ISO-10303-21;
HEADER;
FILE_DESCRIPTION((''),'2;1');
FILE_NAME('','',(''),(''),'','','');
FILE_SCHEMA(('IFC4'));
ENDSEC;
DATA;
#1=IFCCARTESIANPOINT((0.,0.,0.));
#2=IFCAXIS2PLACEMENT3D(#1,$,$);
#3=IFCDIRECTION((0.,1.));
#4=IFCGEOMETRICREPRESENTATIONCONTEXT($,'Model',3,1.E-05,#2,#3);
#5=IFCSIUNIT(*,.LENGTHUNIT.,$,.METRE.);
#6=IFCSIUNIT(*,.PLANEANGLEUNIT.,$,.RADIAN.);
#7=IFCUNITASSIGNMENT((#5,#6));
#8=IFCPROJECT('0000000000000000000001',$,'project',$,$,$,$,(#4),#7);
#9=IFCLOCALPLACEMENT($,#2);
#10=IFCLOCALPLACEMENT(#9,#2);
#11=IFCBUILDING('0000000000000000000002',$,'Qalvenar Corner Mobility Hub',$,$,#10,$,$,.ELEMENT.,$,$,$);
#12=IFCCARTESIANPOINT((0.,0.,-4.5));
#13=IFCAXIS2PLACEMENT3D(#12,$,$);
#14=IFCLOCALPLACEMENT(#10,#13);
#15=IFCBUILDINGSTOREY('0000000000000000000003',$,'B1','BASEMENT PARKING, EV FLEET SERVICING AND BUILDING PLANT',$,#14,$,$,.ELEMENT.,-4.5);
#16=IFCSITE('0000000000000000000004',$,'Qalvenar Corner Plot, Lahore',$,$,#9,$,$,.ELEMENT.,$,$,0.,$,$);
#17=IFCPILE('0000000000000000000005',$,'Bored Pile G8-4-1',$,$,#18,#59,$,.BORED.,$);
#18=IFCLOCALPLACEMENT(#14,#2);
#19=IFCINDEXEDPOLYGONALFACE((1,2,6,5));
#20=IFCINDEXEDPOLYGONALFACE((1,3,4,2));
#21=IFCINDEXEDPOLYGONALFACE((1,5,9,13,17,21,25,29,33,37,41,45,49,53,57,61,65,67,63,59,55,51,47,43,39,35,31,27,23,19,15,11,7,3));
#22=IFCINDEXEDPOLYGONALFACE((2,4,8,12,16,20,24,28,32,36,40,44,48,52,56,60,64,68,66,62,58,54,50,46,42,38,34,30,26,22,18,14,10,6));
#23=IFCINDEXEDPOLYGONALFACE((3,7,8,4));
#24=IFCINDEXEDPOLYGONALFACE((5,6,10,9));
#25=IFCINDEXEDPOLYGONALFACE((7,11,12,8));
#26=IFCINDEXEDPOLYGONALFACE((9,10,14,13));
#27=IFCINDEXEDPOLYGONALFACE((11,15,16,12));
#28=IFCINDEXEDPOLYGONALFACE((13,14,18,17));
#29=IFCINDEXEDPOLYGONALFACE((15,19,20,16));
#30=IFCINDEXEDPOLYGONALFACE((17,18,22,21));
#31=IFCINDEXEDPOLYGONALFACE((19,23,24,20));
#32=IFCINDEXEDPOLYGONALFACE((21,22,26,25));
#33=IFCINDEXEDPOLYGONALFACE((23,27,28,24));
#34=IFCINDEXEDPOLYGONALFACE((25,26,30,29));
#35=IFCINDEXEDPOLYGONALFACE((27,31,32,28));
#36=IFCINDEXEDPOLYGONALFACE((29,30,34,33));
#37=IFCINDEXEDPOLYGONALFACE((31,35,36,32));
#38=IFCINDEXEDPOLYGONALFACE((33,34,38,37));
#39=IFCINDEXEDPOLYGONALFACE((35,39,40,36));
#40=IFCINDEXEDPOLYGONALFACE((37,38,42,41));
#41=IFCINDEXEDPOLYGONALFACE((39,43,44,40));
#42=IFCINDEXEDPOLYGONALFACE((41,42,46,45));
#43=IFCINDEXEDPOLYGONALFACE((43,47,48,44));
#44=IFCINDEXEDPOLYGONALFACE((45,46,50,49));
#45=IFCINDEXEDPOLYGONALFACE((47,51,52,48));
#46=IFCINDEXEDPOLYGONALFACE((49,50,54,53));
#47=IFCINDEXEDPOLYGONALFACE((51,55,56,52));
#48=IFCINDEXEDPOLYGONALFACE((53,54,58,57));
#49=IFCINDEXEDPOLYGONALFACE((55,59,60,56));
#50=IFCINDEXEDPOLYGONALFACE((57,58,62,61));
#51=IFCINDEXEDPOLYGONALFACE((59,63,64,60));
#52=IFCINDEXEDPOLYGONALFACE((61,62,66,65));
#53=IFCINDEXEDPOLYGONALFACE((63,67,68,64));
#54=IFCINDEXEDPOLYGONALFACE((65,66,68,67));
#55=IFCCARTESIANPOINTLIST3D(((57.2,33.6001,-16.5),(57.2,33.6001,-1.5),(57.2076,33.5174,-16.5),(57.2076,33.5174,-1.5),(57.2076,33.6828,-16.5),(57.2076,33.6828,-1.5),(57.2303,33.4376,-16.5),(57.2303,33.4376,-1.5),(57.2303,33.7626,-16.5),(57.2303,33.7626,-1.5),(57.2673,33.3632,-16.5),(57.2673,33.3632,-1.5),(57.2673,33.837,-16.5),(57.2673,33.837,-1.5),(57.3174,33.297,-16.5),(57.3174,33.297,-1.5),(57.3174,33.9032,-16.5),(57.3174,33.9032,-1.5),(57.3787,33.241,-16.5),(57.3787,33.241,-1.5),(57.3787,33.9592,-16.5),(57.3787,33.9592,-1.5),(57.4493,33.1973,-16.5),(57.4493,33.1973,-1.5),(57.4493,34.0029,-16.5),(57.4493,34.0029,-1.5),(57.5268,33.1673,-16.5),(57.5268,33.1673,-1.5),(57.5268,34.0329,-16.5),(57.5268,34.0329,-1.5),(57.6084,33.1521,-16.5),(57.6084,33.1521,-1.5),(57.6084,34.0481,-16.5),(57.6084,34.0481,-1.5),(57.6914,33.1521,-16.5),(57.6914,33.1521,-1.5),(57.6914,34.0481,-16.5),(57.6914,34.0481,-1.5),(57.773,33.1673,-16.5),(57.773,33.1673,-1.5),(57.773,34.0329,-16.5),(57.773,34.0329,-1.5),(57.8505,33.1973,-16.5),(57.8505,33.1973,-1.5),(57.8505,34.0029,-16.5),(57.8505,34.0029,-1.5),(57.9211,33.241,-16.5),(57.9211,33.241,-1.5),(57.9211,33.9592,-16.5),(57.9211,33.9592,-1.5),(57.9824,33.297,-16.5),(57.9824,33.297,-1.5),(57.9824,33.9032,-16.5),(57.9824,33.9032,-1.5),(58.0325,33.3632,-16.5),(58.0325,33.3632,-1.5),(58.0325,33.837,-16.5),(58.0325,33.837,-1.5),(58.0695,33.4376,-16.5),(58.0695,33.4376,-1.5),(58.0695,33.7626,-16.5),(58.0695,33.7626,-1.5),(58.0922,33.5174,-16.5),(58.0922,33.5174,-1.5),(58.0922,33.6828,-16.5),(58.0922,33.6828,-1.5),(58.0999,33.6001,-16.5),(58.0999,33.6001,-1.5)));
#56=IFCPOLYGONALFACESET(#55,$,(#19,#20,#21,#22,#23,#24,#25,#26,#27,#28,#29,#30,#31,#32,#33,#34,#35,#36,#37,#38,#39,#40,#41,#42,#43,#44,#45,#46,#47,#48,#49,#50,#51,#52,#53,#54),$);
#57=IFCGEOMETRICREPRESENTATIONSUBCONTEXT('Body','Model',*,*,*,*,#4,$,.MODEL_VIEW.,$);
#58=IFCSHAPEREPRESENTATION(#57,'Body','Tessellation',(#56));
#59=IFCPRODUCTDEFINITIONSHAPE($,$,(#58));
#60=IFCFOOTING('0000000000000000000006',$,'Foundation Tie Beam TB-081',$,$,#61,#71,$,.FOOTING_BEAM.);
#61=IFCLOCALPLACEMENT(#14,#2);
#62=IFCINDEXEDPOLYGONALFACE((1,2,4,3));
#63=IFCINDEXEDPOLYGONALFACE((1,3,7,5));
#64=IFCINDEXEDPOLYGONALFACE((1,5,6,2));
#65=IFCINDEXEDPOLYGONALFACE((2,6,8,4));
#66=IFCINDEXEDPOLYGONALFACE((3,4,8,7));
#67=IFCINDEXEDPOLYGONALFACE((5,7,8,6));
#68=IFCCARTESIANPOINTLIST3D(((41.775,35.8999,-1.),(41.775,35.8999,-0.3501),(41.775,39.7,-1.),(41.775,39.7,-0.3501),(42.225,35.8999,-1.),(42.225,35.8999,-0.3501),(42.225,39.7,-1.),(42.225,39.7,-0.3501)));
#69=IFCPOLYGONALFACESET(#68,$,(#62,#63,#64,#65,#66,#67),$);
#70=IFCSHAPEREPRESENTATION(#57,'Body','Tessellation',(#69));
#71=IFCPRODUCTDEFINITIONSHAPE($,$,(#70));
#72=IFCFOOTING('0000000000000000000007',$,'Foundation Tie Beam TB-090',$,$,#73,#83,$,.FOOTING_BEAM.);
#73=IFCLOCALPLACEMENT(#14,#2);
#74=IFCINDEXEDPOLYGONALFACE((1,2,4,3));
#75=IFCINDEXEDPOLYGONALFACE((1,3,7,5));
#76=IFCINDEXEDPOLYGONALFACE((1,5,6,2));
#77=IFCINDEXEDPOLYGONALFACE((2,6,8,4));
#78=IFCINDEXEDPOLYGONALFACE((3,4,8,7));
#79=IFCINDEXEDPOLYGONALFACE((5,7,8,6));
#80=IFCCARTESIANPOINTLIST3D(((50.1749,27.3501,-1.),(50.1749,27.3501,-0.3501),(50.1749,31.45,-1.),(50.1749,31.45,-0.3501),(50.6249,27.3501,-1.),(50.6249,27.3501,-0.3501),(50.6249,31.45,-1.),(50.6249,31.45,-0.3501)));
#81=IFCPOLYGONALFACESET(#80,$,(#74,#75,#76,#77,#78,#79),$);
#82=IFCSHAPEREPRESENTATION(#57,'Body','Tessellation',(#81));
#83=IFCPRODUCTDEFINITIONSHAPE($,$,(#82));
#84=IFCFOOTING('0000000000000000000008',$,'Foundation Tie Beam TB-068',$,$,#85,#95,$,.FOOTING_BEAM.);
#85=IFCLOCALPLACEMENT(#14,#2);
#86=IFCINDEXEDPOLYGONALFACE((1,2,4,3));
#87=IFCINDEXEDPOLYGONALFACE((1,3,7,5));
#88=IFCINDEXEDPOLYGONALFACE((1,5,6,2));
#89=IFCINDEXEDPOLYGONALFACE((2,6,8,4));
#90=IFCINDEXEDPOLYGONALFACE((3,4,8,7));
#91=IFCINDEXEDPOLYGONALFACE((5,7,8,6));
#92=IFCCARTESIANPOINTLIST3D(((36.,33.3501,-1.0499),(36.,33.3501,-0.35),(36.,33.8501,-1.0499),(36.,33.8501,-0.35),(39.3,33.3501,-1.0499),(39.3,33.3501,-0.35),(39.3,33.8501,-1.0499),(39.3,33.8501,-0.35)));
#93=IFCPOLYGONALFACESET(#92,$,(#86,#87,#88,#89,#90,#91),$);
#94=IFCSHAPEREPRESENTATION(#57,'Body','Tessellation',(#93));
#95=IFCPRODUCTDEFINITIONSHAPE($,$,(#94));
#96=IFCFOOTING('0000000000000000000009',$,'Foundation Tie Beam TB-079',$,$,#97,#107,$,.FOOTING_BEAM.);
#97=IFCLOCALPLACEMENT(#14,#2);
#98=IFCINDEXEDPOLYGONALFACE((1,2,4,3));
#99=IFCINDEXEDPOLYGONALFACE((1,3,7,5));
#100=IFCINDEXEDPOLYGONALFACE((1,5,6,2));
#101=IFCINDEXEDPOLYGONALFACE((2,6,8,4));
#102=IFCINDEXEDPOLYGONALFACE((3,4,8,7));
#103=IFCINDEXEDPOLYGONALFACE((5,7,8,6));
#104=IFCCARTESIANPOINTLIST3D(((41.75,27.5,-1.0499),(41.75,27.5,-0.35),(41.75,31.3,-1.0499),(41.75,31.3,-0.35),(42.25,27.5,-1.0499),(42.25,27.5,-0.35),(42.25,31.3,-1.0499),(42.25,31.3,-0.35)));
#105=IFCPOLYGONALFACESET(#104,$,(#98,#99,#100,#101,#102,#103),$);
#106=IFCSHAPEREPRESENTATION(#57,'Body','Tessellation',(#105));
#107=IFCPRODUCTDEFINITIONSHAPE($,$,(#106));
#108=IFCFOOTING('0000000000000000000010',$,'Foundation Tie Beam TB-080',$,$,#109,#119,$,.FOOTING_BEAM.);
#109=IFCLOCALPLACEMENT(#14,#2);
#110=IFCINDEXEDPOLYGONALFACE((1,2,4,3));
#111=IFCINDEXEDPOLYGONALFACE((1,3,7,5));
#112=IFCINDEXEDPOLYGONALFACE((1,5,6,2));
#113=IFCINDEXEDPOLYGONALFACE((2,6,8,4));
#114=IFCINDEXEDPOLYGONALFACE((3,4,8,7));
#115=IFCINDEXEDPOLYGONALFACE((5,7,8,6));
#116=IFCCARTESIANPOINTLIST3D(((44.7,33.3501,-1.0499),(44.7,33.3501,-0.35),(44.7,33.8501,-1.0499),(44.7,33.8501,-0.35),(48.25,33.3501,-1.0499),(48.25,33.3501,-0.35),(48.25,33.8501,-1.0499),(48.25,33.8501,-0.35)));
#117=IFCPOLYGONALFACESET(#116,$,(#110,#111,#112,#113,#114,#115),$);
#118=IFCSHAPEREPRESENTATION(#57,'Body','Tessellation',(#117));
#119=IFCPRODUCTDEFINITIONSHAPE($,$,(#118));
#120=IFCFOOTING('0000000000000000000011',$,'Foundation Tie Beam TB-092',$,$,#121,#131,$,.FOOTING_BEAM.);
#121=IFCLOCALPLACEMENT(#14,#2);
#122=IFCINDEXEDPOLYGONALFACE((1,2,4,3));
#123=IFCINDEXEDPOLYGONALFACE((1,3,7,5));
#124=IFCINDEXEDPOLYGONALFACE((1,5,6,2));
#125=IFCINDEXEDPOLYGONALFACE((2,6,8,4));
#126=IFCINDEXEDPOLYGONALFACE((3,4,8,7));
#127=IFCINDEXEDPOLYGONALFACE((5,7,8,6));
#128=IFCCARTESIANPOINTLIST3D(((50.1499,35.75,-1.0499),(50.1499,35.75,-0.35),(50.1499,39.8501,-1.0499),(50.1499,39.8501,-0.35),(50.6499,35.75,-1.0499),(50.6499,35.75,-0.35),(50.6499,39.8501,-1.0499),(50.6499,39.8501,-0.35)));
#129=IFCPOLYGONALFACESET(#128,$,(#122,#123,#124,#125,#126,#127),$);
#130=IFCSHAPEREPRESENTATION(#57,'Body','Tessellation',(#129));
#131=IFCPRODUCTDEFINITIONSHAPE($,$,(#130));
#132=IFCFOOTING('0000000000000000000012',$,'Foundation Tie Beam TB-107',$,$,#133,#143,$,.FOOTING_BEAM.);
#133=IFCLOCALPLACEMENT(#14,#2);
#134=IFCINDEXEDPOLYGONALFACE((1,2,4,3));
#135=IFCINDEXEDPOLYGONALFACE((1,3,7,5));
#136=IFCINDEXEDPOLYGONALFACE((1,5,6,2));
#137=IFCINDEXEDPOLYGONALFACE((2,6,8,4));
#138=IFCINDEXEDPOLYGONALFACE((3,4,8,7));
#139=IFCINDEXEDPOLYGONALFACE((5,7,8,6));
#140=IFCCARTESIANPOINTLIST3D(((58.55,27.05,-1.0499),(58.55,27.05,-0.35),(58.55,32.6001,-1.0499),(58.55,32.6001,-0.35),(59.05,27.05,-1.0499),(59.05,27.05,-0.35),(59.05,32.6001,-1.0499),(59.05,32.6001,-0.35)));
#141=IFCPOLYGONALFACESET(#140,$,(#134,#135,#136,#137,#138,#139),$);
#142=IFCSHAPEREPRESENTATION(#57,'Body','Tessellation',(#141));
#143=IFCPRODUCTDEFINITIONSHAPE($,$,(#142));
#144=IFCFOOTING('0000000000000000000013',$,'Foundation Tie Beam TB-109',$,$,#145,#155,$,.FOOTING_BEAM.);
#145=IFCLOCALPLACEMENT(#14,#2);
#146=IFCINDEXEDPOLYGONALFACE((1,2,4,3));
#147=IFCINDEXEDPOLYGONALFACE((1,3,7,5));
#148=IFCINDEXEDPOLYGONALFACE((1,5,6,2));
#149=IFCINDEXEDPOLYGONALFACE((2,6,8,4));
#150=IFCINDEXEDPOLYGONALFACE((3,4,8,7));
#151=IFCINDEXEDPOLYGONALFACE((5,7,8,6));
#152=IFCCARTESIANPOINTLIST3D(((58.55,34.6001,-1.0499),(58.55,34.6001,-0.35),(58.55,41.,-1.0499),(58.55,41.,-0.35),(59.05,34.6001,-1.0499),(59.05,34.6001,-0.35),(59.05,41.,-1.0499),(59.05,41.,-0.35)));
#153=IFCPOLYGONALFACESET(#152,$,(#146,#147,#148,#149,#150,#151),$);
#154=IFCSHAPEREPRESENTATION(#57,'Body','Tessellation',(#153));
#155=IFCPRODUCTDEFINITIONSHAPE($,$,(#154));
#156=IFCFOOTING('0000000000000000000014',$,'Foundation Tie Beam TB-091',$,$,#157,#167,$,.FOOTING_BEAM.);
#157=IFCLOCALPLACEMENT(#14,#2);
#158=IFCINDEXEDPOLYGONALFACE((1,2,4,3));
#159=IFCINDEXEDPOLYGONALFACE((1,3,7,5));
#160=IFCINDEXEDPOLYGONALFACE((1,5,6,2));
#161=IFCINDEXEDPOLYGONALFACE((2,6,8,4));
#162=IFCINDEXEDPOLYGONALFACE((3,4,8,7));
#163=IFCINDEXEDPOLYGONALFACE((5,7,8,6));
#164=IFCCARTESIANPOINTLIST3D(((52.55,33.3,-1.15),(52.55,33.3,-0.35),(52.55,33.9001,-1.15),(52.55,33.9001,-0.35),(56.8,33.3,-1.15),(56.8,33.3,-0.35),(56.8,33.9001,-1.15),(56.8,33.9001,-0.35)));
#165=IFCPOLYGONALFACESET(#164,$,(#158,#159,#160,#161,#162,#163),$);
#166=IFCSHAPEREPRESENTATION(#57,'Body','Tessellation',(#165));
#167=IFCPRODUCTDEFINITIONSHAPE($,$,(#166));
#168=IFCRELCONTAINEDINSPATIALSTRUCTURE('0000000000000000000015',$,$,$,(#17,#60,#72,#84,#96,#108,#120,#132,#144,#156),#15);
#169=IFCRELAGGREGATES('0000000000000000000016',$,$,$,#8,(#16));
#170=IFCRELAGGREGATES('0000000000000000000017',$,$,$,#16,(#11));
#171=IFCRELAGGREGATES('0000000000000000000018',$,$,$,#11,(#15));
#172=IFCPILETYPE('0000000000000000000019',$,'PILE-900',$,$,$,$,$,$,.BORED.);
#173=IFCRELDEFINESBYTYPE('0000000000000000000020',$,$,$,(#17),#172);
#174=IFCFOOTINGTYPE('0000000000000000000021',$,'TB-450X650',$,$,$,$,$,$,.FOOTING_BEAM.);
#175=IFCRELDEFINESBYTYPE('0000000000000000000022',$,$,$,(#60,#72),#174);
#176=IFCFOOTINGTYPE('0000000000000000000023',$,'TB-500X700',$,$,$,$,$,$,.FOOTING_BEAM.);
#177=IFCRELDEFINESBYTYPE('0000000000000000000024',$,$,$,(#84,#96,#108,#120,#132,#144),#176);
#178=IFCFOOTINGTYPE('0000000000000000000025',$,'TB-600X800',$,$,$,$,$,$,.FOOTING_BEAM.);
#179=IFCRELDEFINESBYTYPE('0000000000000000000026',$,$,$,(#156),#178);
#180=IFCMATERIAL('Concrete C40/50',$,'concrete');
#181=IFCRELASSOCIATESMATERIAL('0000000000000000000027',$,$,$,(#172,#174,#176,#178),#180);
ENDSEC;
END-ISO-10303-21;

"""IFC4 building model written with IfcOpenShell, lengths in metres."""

from ifc_helpers import new_model, si_unit, direction, frame, origin, origin_2d, place, context, subcontext, project, spatial, rectangle, circle, extrude, material, material_profile, profile_set, type_object, element, save


model = new_model("IFC4")

# Units and contexts
model_context = context("Model", 3, precision=1e-05, world=origin(), true_north=direction((0.0, 1.0)))
body_context = subcontext(model_context, "Body", "Model", "MODEL_VIEW")
ifc_project = project(units=[si_unit("LENGTHUNIT", "METRE"), si_unit("PLANEANGLEUNIT", "RADIAN")], contexts=[model_context])

# Site, building, storey
site_placement = place(None, origin())
site = spatial("IfcSite", under=ifc_project, at=site_placement, Name="Qalvenar Corner Plot, Lahore", CompositionType="ELEMENT", RefElevation=0.0)
building_placement = place(site_placement, origin())
building = spatial("IfcBuilding", under=site, at=building_placement, Name="Qalvenar Corner Mobility Hub", CompositionType="ELEMENT")
storey_placement = place(building_placement, frame((0.0, 0.0, -4.5)))
storey = spatial("IfcBuildingStorey", under=building, at=storey_placement, Name="B1", Description="BASEMENT PARKING, EV FLEET SERVICING AND BUILDING PLANT", CompositionType="ELEMENT", Elevation=-4.5)

# Shared definitions
ifc_material_1 = material(Name="Concrete C40/50", Category="concrete")

# Pile
ifc_material_profile_1 = material_profile(ifc_material_1, circle(Radius=0.45, at=origin_2d()), Name="DIA900")
ifc_profile_set_1 = profile_set([ifc_material_profile_1], Name="Concrete C40/50")
pile_type_1 = type_object("IfcPileType", Name="PILE-900", PredefinedType="BORED", material=ifc_profile_set_1)
pile_placement = place(storey_placement, frame((57.6499, 33.6001, -1.5), z_axis=(0.0, 0.0, -1.0), x_axis=(1.0, 0.0, 0.0)))
element("IfcPile", 1, at=pile_placement, inside=storey, type_object=pile_type_1, Name="Bored Pile G8-4-1", PredefinedType="BORED", context=body_context, shape_type="SweptSolid", body=[
    extrude(circle(Radius=0.45, at=origin_2d()), origin(), (0.0, 0.0, 1.0), 15.0),
])

# Footings
ifc_material_profile_2 = material_profile(ifc_material_1, rectangle(XDim=0.45, YDim=0.6499, at=origin_2d()), Name="RC450x650")
ifc_profile_set_2 = profile_set([ifc_material_profile_2], Name="Concrete C40/50")
footing_type_1 = type_object("IfcFootingType", Name="TB-450X650", PredefinedType="FOOTING_BEAM", material=ifc_profile_set_2)
footing_1_placement = place(storey_placement, frame((42.0, 35.8999, -0.675), z_axis=(0.0, 1.0, 0.0), x_axis=(-1.0, 0.0, 0.0)))
element("IfcFooting", 2, at=footing_1_placement, inside=storey, type_object=footing_type_1, Name="Foundation Tie Beam TB-081", PredefinedType="FOOTING_BEAM", context=body_context, shape_type="SweptSolid", body=[
    extrude(rectangle(XDim=0.45, YDim=0.6499, at=origin_2d()), origin(), (0.0, 0.0, 1.0), 3.8),
])
footing_2_placement = place(storey_placement, frame((50.3999, 27.3501, -0.675), z_axis=(0.0, 1.0, 0.0), x_axis=(-1.0, 0.0, 0.0)))
element("IfcFooting", 3, at=footing_2_placement, inside=storey, type_object=footing_type_1, Name="Foundation Tie Beam TB-090", PredefinedType="FOOTING_BEAM", context=body_context, shape_type="SweptSolid", body=[
    extrude(rectangle(XDim=0.45, YDim=0.6499, at=origin_2d()), origin(), (0.0, 0.0, 1.0), 4.0999),
])
ifc_material_profile_3 = material_profile(ifc_material_1, rectangle(XDim=0.5, YDim=0.7, at=origin_2d()), Name="RC500x700")
ifc_profile_set_3 = profile_set([ifc_material_profile_3], Name="Concrete C40/50")
footing_type_2 = type_object("IfcFootingType", Name="TB-500X700", PredefinedType="FOOTING_BEAM", material=ifc_profile_set_3)
footing_3_placement = place(storey_placement, frame((36.0, 33.6001, -0.7), z_axis=(1.0, 0.0, 0.0), x_axis=(0.0, 1.0, 0.0)))
element("IfcFooting", 4, at=footing_3_placement, inside=storey, type_object=footing_type_2, Name="Foundation Tie Beam TB-068", PredefinedType="FOOTING_BEAM", context=body_context, shape_type="SweptSolid", body=[
    extrude(rectangle(XDim=0.5, YDim=0.7, at=origin_2d()), origin(), (0.0, 0.0, 1.0), 3.3),
])
footing_4_placement = place(storey_placement, frame((42.0, 27.5, -0.7), z_axis=(0.0, 1.0, 0.0), x_axis=(-1.0, 0.0, 0.0)))
element("IfcFooting", 5, at=footing_4_placement, inside=storey, type_object=footing_type_2, Name="Foundation Tie Beam TB-079", PredefinedType="FOOTING_BEAM", context=body_context, shape_type="SweptSolid", body=[
    extrude(rectangle(XDim=0.5, YDim=0.7, at=origin_2d()), origin(), (0.0, 0.0, 1.0), 3.8),
])
footing_5_placement = place(storey_placement, frame((44.7, 33.6001, -0.7), z_axis=(1.0, 0.0, 0.0), x_axis=(0.0, 1.0, 0.0)))
element("IfcFooting", 6, at=footing_5_placement, inside=storey, type_object=footing_type_2, Name="Foundation Tie Beam TB-080", PredefinedType="FOOTING_BEAM", context=body_context, shape_type="SweptSolid", body=[
    extrude(rectangle(XDim=0.5, YDim=0.7, at=origin_2d()), origin(), (0.0, 0.0, 1.0), 3.55),
])
footing_6_placement = place(storey_placement, frame((50.3999, 35.75, -0.7), z_axis=(0.0, 1.0, 0.0), x_axis=(-1.0, 0.0, 0.0)))
element("IfcFooting", 7, at=footing_6_placement, inside=storey, type_object=footing_type_2, Name="Foundation Tie Beam TB-092", PredefinedType="FOOTING_BEAM", context=body_context, shape_type="SweptSolid", body=[
    extrude(rectangle(XDim=0.5, YDim=0.7, at=origin_2d()), origin(), (0.0, 0.0, 1.0), 4.1001),
])
footing_7_placement = place(storey_placement, frame((58.8, 27.05, -0.7), z_axis=(0.0, 1.0, 0.0), x_axis=(-1.0, 0.0, 0.0)))
element("IfcFooting", 8, at=footing_7_placement, inside=storey, type_object=footing_type_2, Name="Foundation Tie Beam TB-107", PredefinedType="FOOTING_BEAM", context=body_context, shape_type="SweptSolid", body=[
    extrude(rectangle(XDim=0.5, YDim=0.7, at=origin_2d()), origin(), (0.0, 0.0, 1.0), 5.55),
])
footing_8_placement = place(storey_placement, frame((58.8, 34.6001, -0.7), z_axis=(0.0, 1.0, 0.0), x_axis=(-1.0, 0.0, 0.0)))
element("IfcFooting", 9, at=footing_8_placement, inside=storey, type_object=footing_type_2, Name="Foundation Tie Beam TB-109", PredefinedType="FOOTING_BEAM", context=body_context, shape_type="SweptSolid", body=[
    extrude(rectangle(XDim=0.5, YDim=0.7, at=origin_2d()), origin(), (0.0, 0.0, 1.0), 6.3999),
])
ifc_material_profile_4 = material_profile(ifc_material_1, rectangle(XDim=0.6001, YDim=0.8, at=origin_2d()), Name="RC600x800")
ifc_profile_set_4 = profile_set([ifc_material_profile_4], Name="Concrete C40/50")
footing_type_3 = type_object("IfcFootingType", Name="TB-600X800", PredefinedType="FOOTING_BEAM", material=ifc_profile_set_4)
footing_9_placement = place(storey_placement, frame((52.55, 33.6001, -0.75), z_axis=(1.0, 0.0, 0.0), x_axis=(0.0, 1.0, 0.0)))
element("IfcFooting", 10, at=footing_9_placement, inside=storey, type_object=footing_type_3, Name="Foundation Tie Beam TB-091", PredefinedType="FOOTING_BEAM", context=body_context, shape_type="SweptSolid", body=[
    extrude(rectangle(XDim=0.6001, YDim=0.8, at=origin_2d()), origin(), (0.0, 0.0, 1.0), 4.25),
])

save(model, "model.ifc")
